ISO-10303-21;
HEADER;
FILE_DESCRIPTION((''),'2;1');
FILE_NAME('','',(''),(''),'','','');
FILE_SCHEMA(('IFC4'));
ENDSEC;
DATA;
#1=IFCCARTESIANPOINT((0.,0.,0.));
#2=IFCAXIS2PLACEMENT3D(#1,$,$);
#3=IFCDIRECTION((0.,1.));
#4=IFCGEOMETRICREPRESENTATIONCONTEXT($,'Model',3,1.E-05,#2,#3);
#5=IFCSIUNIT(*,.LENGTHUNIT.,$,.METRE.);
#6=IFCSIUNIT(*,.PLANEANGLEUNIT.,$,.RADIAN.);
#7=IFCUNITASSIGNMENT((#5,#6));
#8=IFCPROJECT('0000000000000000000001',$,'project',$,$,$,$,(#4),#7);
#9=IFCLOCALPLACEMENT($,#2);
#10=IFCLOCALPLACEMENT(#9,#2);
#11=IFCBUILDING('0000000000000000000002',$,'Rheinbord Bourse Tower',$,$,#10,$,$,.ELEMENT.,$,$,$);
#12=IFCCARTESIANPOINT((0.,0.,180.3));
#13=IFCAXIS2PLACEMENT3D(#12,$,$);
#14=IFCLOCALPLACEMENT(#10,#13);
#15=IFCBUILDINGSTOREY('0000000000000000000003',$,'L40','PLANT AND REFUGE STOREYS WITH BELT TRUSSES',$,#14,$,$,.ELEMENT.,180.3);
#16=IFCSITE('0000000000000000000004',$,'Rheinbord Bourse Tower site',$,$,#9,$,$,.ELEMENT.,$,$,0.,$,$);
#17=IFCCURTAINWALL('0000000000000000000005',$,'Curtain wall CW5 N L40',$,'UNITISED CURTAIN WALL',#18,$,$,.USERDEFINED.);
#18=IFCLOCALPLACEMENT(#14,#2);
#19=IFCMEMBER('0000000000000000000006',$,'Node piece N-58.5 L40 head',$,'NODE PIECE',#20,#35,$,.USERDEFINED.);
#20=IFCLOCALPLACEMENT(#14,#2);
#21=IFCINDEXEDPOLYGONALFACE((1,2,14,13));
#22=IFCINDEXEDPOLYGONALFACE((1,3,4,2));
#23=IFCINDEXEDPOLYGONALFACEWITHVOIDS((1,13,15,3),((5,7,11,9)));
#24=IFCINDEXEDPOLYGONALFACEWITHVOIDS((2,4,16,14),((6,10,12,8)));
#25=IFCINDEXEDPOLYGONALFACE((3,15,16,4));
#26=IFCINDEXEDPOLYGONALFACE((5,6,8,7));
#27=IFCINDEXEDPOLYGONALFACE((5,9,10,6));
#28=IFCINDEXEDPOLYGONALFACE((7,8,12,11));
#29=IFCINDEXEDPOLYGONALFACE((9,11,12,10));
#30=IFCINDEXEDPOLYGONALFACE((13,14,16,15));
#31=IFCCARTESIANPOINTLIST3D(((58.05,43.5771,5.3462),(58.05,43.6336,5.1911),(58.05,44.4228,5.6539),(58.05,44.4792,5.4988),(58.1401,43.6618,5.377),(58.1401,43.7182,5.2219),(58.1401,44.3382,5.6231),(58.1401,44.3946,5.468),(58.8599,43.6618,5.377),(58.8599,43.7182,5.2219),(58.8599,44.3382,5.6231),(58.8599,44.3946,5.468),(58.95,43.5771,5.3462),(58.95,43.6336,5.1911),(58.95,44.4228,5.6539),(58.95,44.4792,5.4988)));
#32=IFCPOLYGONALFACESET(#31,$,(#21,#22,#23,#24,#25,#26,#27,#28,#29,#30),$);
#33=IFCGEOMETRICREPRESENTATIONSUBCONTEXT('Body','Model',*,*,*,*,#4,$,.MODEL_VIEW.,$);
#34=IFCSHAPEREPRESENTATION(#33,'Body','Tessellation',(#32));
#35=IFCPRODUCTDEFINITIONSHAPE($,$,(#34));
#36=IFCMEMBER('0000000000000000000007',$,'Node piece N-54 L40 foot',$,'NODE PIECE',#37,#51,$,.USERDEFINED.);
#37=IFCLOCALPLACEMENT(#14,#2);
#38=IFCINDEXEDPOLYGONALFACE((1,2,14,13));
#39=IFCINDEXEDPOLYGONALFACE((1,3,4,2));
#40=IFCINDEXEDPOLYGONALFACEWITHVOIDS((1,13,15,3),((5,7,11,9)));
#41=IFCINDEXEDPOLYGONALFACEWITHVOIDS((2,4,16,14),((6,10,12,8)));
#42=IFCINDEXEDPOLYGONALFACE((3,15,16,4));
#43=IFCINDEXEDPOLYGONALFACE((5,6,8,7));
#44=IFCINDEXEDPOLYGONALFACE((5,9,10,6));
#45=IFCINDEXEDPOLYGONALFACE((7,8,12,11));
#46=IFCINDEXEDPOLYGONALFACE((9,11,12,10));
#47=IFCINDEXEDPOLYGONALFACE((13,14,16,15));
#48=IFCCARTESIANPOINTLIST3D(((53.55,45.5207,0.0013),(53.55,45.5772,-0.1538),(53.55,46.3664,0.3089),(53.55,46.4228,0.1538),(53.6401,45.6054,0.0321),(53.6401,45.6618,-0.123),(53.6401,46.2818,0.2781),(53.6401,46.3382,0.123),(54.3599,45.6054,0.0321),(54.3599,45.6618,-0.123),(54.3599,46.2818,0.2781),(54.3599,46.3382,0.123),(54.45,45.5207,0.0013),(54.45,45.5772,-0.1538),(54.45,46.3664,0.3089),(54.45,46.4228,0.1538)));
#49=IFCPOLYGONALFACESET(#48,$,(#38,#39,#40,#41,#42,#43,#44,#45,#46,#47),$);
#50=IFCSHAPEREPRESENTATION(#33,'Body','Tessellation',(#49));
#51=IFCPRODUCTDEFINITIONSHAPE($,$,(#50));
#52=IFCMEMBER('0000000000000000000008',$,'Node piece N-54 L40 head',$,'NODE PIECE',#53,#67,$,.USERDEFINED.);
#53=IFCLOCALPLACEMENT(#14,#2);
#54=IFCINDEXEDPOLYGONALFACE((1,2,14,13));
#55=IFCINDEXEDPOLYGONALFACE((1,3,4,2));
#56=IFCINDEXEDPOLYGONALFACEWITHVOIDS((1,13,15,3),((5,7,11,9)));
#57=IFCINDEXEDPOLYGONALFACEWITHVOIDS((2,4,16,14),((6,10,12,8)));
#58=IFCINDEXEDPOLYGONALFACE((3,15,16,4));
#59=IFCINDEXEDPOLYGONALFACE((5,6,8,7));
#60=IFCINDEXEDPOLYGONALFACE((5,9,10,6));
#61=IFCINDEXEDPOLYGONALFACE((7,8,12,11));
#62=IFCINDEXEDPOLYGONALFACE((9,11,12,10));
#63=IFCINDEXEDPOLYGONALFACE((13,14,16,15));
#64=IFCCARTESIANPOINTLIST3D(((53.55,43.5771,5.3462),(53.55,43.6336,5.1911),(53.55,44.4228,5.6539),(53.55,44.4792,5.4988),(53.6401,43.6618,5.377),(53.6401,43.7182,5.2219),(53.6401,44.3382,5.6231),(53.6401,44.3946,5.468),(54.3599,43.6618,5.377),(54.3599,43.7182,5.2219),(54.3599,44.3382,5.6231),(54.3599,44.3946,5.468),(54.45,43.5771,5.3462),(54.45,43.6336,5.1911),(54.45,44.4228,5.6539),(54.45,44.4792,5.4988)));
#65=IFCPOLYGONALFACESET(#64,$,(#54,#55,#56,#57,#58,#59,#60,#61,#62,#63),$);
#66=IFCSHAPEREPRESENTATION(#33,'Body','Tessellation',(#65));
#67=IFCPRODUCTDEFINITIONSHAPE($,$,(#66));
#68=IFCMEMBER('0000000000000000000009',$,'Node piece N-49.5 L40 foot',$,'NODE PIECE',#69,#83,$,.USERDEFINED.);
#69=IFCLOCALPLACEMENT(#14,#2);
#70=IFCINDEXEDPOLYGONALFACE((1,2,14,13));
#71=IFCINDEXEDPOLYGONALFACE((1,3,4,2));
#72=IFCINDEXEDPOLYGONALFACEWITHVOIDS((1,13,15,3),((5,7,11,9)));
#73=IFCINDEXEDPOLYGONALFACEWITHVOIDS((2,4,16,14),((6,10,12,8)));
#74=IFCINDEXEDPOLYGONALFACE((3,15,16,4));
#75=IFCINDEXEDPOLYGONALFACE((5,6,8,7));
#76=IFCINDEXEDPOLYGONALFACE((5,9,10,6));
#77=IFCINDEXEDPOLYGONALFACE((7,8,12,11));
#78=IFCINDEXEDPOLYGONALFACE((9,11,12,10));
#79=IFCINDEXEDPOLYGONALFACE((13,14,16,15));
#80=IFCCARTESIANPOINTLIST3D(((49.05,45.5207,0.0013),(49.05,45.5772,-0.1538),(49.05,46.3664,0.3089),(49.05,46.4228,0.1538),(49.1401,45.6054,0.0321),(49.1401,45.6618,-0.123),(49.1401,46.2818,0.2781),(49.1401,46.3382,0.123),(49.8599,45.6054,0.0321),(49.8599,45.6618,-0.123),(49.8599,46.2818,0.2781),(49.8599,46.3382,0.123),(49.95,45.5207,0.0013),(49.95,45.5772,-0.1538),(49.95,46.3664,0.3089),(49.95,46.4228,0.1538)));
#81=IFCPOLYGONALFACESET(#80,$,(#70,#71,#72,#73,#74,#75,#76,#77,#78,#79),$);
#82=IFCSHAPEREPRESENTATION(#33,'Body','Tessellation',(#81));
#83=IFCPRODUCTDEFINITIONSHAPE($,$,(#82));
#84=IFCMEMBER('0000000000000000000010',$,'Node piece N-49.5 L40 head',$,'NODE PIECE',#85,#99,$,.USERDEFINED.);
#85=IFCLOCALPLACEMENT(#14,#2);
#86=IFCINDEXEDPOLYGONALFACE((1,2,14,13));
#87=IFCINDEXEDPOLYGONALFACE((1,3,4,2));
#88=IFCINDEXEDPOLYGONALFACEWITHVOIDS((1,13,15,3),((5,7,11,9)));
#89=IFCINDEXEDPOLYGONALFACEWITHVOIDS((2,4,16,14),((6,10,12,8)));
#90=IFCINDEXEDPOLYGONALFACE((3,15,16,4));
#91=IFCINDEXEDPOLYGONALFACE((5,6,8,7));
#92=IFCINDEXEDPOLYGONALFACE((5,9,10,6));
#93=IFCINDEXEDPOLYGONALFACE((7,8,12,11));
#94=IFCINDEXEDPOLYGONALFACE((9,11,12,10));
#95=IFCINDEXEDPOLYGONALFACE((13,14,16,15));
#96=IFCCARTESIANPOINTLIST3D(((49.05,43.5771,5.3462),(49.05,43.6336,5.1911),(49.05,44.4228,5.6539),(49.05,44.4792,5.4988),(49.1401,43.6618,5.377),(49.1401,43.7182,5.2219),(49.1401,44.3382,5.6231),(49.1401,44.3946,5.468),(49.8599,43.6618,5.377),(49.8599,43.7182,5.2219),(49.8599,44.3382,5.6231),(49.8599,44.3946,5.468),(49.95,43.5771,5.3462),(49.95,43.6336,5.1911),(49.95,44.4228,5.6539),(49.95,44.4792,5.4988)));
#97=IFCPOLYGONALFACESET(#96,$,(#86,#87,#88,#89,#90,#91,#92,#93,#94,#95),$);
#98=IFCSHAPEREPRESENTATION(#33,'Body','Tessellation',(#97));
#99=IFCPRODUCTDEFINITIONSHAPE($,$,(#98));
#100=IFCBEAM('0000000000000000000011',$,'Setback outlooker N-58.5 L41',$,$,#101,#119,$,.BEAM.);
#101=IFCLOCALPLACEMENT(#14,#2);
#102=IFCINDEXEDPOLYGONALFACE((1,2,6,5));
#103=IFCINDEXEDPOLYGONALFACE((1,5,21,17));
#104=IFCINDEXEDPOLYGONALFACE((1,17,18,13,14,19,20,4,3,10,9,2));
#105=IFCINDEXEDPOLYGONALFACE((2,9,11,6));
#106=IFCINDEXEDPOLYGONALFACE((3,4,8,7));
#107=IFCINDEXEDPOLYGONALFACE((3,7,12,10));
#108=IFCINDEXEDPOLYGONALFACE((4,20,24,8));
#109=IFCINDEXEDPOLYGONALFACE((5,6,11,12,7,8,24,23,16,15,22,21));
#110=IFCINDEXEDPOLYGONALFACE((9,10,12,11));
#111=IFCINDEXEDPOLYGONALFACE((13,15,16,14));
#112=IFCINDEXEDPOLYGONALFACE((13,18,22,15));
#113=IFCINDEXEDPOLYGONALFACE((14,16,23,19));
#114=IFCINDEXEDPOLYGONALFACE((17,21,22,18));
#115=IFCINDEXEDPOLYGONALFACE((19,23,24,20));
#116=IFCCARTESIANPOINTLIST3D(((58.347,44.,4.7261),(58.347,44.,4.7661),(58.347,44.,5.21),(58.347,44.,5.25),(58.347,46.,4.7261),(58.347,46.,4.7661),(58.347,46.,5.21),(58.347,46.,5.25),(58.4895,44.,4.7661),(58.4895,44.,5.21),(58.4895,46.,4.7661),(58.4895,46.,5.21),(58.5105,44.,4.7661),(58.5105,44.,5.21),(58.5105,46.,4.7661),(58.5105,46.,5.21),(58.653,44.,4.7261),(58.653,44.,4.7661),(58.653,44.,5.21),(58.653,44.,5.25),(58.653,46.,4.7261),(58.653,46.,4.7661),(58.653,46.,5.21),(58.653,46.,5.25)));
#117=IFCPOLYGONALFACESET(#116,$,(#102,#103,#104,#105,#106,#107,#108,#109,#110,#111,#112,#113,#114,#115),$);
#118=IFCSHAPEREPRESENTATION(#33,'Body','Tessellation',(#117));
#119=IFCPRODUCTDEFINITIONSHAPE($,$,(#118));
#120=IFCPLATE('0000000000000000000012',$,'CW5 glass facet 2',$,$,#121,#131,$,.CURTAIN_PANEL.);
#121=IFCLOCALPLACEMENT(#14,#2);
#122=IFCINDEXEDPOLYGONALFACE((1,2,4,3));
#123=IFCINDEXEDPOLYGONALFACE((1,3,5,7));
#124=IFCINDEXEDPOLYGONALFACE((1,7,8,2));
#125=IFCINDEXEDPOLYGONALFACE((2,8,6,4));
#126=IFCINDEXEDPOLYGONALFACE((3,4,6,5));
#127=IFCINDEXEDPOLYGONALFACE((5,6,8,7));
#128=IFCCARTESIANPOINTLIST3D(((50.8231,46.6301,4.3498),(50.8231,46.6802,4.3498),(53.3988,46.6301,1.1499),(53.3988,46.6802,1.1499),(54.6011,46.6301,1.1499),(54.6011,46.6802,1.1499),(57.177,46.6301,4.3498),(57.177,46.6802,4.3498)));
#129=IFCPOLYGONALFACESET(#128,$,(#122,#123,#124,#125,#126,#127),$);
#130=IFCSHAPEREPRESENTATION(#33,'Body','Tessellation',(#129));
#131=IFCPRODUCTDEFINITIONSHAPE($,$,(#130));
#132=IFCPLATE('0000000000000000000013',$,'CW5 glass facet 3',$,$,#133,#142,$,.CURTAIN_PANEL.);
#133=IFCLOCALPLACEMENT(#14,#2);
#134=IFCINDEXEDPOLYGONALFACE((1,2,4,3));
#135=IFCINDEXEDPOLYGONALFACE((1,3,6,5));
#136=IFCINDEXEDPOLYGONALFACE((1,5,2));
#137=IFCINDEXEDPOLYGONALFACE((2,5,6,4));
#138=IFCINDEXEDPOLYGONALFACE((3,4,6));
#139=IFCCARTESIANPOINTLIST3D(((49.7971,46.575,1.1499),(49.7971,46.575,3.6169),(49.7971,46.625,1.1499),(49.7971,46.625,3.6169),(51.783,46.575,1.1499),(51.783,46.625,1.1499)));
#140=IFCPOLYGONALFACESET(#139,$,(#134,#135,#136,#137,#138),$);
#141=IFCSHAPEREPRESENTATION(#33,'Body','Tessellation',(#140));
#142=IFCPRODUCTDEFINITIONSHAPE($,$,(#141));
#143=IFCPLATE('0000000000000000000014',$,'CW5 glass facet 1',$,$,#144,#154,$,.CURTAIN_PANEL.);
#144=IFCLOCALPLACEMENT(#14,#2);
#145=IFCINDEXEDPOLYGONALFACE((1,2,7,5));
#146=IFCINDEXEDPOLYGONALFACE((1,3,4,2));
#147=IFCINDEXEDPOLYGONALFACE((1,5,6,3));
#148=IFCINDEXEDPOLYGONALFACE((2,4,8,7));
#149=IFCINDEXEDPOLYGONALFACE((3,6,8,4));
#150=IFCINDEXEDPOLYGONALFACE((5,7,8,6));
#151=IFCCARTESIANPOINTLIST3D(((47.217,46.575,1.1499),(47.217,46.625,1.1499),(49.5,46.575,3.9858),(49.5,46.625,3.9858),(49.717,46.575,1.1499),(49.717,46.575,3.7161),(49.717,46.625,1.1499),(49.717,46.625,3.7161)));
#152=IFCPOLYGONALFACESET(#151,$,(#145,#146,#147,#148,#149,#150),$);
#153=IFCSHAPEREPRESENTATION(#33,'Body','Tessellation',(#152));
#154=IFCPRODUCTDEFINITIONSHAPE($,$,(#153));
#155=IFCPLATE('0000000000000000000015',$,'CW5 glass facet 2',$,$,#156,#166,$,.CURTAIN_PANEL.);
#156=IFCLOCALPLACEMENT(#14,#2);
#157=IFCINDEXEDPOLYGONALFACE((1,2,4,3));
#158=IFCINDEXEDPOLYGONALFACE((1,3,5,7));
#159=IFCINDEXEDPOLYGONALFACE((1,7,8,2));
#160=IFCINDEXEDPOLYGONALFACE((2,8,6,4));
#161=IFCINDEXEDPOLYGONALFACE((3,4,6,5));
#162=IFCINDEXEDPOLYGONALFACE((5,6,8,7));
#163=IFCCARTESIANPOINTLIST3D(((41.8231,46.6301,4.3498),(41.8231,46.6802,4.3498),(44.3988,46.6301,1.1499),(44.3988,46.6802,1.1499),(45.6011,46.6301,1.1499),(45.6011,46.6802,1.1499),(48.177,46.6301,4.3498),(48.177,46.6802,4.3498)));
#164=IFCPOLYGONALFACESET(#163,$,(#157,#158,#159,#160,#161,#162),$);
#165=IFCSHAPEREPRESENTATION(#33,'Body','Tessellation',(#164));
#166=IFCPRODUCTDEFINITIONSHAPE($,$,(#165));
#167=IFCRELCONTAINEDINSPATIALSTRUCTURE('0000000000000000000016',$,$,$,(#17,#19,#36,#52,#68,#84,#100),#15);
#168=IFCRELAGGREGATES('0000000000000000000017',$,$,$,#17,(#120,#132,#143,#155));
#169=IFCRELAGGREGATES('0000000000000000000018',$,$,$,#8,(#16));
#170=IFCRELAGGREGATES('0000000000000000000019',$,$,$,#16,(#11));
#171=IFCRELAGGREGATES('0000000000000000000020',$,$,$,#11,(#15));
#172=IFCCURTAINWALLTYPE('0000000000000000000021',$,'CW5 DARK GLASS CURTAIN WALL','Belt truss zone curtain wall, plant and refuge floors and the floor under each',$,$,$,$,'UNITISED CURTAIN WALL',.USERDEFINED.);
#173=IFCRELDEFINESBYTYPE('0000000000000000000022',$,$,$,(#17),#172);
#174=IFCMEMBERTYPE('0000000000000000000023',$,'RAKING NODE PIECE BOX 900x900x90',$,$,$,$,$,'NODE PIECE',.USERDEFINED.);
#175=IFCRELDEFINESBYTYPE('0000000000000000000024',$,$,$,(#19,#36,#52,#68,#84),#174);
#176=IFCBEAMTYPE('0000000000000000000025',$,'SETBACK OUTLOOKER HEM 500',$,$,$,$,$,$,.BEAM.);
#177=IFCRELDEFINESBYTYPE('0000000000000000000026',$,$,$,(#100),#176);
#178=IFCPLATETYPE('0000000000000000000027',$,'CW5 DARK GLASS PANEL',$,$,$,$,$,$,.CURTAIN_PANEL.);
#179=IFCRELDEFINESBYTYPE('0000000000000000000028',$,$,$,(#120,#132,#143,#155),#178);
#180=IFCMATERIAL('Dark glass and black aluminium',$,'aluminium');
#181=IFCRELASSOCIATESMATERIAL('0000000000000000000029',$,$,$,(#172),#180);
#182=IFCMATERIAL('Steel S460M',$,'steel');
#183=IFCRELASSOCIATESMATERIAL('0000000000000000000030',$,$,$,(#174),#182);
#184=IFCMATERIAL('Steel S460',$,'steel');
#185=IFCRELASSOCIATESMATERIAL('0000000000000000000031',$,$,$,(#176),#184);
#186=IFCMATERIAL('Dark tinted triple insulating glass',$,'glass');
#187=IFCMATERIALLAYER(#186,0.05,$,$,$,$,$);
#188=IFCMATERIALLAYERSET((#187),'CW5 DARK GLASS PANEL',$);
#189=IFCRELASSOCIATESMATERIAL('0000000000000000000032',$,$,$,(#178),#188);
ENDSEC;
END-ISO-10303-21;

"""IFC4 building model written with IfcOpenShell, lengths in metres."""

from ifc_helpers import new_model, si_unit, direction, frame, origin, origin_2d, place, context, subcontext, project, spatial, polyline, hollow_rectangle, i_section, outline, extrude, material, layer, layer_set, material_profile, profile_set, type_object, element, aggregate, save


model = new_model("IFC4")

# Units and contexts
model_context = context("Model", 3, precision=1e-05, world=origin(), true_north=direction((0.0, 1.0)))
body_context = subcontext(model_context, "Body", "Model", "MODEL_VIEW")
ifc_project = project(units=[si_unit("LENGTHUNIT", "METRE"), si_unit("PLANEANGLEUNIT", "RADIAN")], contexts=[model_context])

# Site, building, storey
site_placement = place(None, origin())
site = spatial("IfcSite", under=ifc_project, at=site_placement, Name="Rheinbord Bourse Tower site", CompositionType="ELEMENT", RefElevation=0.0)
building_placement = place(site_placement, origin())
building = spatial("IfcBuilding", under=site, at=building_placement, Name="Rheinbord Bourse Tower", CompositionType="ELEMENT")
storey_placement = place(building_placement, frame((0.0, 0.0, 180.3)))
storey = spatial("IfcBuildingStorey", under=building, at=storey_placement, Name="L40", Description="PLANT AND REFUGE STOREYS WITH BELT TRUSSES", CompositionType="ELEMENT", Elevation=180.3)

# Curtain wall
ifc_material_1 = material(Name="Dark glass and black aluminium", Category="aluminium")
curtain_wall_type = type_object("IfcCurtainWallType", Name="CW5 DARK GLASS CURTAIN WALL", Description="Belt truss zone curtain wall, plant and refuge floors and the floor under each", ElementType="UNITISED CURTAIN WALL", PredefinedType="USERDEFINED", material=ifc_material_1)
curtain_wall_placement = place(storey_placement, origin())
curtain_wall = element("IfcCurtainWall", 1, at=curtain_wall_placement, inside=storey, type_object=curtain_wall_type, Name="Curtain wall CW5 N L40", ObjectType="UNITISED CURTAIN WALL", PredefinedType="USERDEFINED")

# Members
ifc_material_2 = material(Name="Steel S460M", Category="steel")
ifc_material_profile_1 = material_profile(ifc_material_2, hollow_rectangle(XDim=0.8999, YDim=0.8999, WallThickness=0.0901, at=origin_2d()), Name="BOX 900x900x90")
ifc_profile_set_1 = profile_set([ifc_material_profile_1], Name="Steel S460M")
member_type_1 = type_object("IfcMemberType", Name="RAKING NODE PIECE BOX 900x900x90", ElementType="NODE PIECE", PredefinedType="USERDEFINED", material=ifc_profile_set_1)
for number, where, z_axis, x_axis, name in (
    (2, (58.5, 44.0564, 5.345), (0.0, -0.341862, 0.93975), (0.0, 0.93975, 0.341862), "Node piece N-58.5 L40 head"),
    (3, (54.0, 46.0, 0.0), (0.0, -0.341862, 0.93975), (0.0, 0.93975, 0.341862), "Node piece N-54 L40 foot"),
    (4, (54.0, 44.0564, 5.345), (0.0, -0.341862, 0.93975), (0.0, 0.93975, 0.341862), "Node piece N-54 L40 head"),
    (5, (49.5, 46.0, 0.0), (0.0, -0.341862, 0.93975), (0.0, 0.93975, 0.341862), "Node piece N-49.5 L40 foot"),
    (6, (49.5, 44.0564, 5.345), (0.0, -0.341862, 0.93975), (0.0, 0.93975, 0.341862), "Node piece N-49.5 L40 head"),
):
    element("IfcMember", number, at=place(storey_placement, frame(where, z_axis=z_axis, x_axis=x_axis)), inside=storey, type_object=member_type_1, Name=name, ObjectType="NODE PIECE", PredefinedType="USERDEFINED", context=body_context, shape_type="SweptSolid", body=[
        extrude(hollow_rectangle(XDim=0.8999, YDim=0.8999, WallThickness=0.0901, at=origin_2d()), origin(), (0.0, 0.0, 1.0), 0.165),
    ])

# Beam
ifc_material_3 = material(Name="Steel S460", Category="steel")
ifc_material_profile_2 = material_profile(ifc_material_3, i_section(OverallWidth=0.3059, OverallDepth=0.5239, WebThickness=0.021, FlangeThickness=0.04, at=origin_2d()), Name="HEM 500")
ifc_profile_set_2 = profile_set([ifc_material_profile_2], Name="Steel S460")
beam_type = type_object("IfcBeamType", Name="SETBACK OUTLOOKER HEM 500", PredefinedType="BEAM", material=ifc_profile_set_2)
beam_placement = place(storey_placement, frame((58.5, 44.0, 4.988), z_axis=(0.0, 1.0, 0.0), x_axis=(-1.0, 0.0, 0.0)))
element("IfcBeam", 7, at=beam_placement, inside=storey, type_object=beam_type, Name="Setback outlooker N-58.5 L41", PredefinedType="BEAM", context=body_context, shape_type="SweptSolid", body=[
    extrude(i_section(OverallWidth=0.3059, OverallDepth=0.5239, WebThickness=0.021, FlangeThickness=0.04, at=origin_2d()), origin(), (0.0, 0.0, 1.0), 2.0),
])

# Plates
ifc_material_4 = material(Name="Dark tinted triple insulating glass", Category="glass")
ifc_layer = layer(ifc_material_4, 0.05)
ifc_layer_set = layer_set([ifc_layer], Name="CW5 DARK GLASS PANEL")
plate_type = type_object("IfcPlateType", Name="CW5 DARK GLASS PANEL", PredefinedType="CURTAIN_PANEL", material=ifc_layer_set)
plate_1_placement = place(storey_placement, frame((54.6011, 46.6802, 1.1499), z_axis=(0.0, -1.0, 0.0), x_axis=(0.627062, 0.0, 0.778969)))
plate_1 = element("IfcPlate", 8, at=plate_1_placement, type_object=plate_type, Name="CW5 glass facet 2", PredefinedType="CURTAIN_PANEL", context=body_context, shape_type="SweptSolid", body=[
    extrude(outline(polyline([(0.0, 0.0), (4.1079, 0.0), (0.1235, 4.9495), (-0.7539, 0.9365), (0.0, 0.0)])), origin(), (0.0, 0.0, 1.0), 0.05),
])
plate_2_placement = place(storey_placement, frame((49.7971, 46.625, 1.1499), z_axis=(0.0, -1.0, 0.0), x_axis=(1.0, 0.0, 0.0)))
plate_2 = element("IfcPlate", 9, at=plate_2_placement, type_object=plate_type, Name="CW5 glass facet 3", PredefinedType="CURTAIN_PANEL", context=body_context, shape_type="SweptSolid", body=[
    extrude(outline(polyline([(0.0, 0.0), (1.9858, 0.0), (0.0, 2.467), (0.0, 0.0)])), origin(), (0.0, 0.0, 1.0), 0.05),
])
plate_3_placement = place(storey_placement, frame((49.717, 46.625, 1.1499), z_axis=(0.0, -1.0, 0.0), x_axis=(0.0, 0.0, 1.0)))
plate_3 = element("IfcPlate", 10, at=plate_3_placement, type_object=plate_type, Name="CW5 glass facet 1", PredefinedType="CURTAIN_PANEL", context=body_context, shape_type="SweptSolid", body=[
    extrude(outline(polyline([(0.0, 0.0), (2.5662, 0.0), (2.8359, 0.217), (0.0, 2.5), (0.0, 0.0)])), origin(), (0.0, 0.0, 1.0), 0.05),
])
plate_4_placement = place(storey_placement, frame((45.6011, 46.6802, 1.1499), z_axis=(0.0, -1.0, 0.0), x_axis=(0.627062, 0.0, 0.778969)))
plate_4 = element("IfcPlate", 11, at=plate_4_placement, type_object=plate_type, Name="CW5 glass facet 2", PredefinedType="CURTAIN_PANEL", context=body_context, shape_type="SweptSolid", body=[
    extrude(outline(polyline([(0.0, 0.0), (4.1079, 0.0), (0.1235, 4.9495), (-0.7539, 0.9365), (0.0, 0.0)])), origin(), (0.0, 0.0, 1.0), 0.05),
])
aggregate(curtain_wall, [plate_1, plate_2, plate_3, plate_4])

save(model, "model.ifc")
